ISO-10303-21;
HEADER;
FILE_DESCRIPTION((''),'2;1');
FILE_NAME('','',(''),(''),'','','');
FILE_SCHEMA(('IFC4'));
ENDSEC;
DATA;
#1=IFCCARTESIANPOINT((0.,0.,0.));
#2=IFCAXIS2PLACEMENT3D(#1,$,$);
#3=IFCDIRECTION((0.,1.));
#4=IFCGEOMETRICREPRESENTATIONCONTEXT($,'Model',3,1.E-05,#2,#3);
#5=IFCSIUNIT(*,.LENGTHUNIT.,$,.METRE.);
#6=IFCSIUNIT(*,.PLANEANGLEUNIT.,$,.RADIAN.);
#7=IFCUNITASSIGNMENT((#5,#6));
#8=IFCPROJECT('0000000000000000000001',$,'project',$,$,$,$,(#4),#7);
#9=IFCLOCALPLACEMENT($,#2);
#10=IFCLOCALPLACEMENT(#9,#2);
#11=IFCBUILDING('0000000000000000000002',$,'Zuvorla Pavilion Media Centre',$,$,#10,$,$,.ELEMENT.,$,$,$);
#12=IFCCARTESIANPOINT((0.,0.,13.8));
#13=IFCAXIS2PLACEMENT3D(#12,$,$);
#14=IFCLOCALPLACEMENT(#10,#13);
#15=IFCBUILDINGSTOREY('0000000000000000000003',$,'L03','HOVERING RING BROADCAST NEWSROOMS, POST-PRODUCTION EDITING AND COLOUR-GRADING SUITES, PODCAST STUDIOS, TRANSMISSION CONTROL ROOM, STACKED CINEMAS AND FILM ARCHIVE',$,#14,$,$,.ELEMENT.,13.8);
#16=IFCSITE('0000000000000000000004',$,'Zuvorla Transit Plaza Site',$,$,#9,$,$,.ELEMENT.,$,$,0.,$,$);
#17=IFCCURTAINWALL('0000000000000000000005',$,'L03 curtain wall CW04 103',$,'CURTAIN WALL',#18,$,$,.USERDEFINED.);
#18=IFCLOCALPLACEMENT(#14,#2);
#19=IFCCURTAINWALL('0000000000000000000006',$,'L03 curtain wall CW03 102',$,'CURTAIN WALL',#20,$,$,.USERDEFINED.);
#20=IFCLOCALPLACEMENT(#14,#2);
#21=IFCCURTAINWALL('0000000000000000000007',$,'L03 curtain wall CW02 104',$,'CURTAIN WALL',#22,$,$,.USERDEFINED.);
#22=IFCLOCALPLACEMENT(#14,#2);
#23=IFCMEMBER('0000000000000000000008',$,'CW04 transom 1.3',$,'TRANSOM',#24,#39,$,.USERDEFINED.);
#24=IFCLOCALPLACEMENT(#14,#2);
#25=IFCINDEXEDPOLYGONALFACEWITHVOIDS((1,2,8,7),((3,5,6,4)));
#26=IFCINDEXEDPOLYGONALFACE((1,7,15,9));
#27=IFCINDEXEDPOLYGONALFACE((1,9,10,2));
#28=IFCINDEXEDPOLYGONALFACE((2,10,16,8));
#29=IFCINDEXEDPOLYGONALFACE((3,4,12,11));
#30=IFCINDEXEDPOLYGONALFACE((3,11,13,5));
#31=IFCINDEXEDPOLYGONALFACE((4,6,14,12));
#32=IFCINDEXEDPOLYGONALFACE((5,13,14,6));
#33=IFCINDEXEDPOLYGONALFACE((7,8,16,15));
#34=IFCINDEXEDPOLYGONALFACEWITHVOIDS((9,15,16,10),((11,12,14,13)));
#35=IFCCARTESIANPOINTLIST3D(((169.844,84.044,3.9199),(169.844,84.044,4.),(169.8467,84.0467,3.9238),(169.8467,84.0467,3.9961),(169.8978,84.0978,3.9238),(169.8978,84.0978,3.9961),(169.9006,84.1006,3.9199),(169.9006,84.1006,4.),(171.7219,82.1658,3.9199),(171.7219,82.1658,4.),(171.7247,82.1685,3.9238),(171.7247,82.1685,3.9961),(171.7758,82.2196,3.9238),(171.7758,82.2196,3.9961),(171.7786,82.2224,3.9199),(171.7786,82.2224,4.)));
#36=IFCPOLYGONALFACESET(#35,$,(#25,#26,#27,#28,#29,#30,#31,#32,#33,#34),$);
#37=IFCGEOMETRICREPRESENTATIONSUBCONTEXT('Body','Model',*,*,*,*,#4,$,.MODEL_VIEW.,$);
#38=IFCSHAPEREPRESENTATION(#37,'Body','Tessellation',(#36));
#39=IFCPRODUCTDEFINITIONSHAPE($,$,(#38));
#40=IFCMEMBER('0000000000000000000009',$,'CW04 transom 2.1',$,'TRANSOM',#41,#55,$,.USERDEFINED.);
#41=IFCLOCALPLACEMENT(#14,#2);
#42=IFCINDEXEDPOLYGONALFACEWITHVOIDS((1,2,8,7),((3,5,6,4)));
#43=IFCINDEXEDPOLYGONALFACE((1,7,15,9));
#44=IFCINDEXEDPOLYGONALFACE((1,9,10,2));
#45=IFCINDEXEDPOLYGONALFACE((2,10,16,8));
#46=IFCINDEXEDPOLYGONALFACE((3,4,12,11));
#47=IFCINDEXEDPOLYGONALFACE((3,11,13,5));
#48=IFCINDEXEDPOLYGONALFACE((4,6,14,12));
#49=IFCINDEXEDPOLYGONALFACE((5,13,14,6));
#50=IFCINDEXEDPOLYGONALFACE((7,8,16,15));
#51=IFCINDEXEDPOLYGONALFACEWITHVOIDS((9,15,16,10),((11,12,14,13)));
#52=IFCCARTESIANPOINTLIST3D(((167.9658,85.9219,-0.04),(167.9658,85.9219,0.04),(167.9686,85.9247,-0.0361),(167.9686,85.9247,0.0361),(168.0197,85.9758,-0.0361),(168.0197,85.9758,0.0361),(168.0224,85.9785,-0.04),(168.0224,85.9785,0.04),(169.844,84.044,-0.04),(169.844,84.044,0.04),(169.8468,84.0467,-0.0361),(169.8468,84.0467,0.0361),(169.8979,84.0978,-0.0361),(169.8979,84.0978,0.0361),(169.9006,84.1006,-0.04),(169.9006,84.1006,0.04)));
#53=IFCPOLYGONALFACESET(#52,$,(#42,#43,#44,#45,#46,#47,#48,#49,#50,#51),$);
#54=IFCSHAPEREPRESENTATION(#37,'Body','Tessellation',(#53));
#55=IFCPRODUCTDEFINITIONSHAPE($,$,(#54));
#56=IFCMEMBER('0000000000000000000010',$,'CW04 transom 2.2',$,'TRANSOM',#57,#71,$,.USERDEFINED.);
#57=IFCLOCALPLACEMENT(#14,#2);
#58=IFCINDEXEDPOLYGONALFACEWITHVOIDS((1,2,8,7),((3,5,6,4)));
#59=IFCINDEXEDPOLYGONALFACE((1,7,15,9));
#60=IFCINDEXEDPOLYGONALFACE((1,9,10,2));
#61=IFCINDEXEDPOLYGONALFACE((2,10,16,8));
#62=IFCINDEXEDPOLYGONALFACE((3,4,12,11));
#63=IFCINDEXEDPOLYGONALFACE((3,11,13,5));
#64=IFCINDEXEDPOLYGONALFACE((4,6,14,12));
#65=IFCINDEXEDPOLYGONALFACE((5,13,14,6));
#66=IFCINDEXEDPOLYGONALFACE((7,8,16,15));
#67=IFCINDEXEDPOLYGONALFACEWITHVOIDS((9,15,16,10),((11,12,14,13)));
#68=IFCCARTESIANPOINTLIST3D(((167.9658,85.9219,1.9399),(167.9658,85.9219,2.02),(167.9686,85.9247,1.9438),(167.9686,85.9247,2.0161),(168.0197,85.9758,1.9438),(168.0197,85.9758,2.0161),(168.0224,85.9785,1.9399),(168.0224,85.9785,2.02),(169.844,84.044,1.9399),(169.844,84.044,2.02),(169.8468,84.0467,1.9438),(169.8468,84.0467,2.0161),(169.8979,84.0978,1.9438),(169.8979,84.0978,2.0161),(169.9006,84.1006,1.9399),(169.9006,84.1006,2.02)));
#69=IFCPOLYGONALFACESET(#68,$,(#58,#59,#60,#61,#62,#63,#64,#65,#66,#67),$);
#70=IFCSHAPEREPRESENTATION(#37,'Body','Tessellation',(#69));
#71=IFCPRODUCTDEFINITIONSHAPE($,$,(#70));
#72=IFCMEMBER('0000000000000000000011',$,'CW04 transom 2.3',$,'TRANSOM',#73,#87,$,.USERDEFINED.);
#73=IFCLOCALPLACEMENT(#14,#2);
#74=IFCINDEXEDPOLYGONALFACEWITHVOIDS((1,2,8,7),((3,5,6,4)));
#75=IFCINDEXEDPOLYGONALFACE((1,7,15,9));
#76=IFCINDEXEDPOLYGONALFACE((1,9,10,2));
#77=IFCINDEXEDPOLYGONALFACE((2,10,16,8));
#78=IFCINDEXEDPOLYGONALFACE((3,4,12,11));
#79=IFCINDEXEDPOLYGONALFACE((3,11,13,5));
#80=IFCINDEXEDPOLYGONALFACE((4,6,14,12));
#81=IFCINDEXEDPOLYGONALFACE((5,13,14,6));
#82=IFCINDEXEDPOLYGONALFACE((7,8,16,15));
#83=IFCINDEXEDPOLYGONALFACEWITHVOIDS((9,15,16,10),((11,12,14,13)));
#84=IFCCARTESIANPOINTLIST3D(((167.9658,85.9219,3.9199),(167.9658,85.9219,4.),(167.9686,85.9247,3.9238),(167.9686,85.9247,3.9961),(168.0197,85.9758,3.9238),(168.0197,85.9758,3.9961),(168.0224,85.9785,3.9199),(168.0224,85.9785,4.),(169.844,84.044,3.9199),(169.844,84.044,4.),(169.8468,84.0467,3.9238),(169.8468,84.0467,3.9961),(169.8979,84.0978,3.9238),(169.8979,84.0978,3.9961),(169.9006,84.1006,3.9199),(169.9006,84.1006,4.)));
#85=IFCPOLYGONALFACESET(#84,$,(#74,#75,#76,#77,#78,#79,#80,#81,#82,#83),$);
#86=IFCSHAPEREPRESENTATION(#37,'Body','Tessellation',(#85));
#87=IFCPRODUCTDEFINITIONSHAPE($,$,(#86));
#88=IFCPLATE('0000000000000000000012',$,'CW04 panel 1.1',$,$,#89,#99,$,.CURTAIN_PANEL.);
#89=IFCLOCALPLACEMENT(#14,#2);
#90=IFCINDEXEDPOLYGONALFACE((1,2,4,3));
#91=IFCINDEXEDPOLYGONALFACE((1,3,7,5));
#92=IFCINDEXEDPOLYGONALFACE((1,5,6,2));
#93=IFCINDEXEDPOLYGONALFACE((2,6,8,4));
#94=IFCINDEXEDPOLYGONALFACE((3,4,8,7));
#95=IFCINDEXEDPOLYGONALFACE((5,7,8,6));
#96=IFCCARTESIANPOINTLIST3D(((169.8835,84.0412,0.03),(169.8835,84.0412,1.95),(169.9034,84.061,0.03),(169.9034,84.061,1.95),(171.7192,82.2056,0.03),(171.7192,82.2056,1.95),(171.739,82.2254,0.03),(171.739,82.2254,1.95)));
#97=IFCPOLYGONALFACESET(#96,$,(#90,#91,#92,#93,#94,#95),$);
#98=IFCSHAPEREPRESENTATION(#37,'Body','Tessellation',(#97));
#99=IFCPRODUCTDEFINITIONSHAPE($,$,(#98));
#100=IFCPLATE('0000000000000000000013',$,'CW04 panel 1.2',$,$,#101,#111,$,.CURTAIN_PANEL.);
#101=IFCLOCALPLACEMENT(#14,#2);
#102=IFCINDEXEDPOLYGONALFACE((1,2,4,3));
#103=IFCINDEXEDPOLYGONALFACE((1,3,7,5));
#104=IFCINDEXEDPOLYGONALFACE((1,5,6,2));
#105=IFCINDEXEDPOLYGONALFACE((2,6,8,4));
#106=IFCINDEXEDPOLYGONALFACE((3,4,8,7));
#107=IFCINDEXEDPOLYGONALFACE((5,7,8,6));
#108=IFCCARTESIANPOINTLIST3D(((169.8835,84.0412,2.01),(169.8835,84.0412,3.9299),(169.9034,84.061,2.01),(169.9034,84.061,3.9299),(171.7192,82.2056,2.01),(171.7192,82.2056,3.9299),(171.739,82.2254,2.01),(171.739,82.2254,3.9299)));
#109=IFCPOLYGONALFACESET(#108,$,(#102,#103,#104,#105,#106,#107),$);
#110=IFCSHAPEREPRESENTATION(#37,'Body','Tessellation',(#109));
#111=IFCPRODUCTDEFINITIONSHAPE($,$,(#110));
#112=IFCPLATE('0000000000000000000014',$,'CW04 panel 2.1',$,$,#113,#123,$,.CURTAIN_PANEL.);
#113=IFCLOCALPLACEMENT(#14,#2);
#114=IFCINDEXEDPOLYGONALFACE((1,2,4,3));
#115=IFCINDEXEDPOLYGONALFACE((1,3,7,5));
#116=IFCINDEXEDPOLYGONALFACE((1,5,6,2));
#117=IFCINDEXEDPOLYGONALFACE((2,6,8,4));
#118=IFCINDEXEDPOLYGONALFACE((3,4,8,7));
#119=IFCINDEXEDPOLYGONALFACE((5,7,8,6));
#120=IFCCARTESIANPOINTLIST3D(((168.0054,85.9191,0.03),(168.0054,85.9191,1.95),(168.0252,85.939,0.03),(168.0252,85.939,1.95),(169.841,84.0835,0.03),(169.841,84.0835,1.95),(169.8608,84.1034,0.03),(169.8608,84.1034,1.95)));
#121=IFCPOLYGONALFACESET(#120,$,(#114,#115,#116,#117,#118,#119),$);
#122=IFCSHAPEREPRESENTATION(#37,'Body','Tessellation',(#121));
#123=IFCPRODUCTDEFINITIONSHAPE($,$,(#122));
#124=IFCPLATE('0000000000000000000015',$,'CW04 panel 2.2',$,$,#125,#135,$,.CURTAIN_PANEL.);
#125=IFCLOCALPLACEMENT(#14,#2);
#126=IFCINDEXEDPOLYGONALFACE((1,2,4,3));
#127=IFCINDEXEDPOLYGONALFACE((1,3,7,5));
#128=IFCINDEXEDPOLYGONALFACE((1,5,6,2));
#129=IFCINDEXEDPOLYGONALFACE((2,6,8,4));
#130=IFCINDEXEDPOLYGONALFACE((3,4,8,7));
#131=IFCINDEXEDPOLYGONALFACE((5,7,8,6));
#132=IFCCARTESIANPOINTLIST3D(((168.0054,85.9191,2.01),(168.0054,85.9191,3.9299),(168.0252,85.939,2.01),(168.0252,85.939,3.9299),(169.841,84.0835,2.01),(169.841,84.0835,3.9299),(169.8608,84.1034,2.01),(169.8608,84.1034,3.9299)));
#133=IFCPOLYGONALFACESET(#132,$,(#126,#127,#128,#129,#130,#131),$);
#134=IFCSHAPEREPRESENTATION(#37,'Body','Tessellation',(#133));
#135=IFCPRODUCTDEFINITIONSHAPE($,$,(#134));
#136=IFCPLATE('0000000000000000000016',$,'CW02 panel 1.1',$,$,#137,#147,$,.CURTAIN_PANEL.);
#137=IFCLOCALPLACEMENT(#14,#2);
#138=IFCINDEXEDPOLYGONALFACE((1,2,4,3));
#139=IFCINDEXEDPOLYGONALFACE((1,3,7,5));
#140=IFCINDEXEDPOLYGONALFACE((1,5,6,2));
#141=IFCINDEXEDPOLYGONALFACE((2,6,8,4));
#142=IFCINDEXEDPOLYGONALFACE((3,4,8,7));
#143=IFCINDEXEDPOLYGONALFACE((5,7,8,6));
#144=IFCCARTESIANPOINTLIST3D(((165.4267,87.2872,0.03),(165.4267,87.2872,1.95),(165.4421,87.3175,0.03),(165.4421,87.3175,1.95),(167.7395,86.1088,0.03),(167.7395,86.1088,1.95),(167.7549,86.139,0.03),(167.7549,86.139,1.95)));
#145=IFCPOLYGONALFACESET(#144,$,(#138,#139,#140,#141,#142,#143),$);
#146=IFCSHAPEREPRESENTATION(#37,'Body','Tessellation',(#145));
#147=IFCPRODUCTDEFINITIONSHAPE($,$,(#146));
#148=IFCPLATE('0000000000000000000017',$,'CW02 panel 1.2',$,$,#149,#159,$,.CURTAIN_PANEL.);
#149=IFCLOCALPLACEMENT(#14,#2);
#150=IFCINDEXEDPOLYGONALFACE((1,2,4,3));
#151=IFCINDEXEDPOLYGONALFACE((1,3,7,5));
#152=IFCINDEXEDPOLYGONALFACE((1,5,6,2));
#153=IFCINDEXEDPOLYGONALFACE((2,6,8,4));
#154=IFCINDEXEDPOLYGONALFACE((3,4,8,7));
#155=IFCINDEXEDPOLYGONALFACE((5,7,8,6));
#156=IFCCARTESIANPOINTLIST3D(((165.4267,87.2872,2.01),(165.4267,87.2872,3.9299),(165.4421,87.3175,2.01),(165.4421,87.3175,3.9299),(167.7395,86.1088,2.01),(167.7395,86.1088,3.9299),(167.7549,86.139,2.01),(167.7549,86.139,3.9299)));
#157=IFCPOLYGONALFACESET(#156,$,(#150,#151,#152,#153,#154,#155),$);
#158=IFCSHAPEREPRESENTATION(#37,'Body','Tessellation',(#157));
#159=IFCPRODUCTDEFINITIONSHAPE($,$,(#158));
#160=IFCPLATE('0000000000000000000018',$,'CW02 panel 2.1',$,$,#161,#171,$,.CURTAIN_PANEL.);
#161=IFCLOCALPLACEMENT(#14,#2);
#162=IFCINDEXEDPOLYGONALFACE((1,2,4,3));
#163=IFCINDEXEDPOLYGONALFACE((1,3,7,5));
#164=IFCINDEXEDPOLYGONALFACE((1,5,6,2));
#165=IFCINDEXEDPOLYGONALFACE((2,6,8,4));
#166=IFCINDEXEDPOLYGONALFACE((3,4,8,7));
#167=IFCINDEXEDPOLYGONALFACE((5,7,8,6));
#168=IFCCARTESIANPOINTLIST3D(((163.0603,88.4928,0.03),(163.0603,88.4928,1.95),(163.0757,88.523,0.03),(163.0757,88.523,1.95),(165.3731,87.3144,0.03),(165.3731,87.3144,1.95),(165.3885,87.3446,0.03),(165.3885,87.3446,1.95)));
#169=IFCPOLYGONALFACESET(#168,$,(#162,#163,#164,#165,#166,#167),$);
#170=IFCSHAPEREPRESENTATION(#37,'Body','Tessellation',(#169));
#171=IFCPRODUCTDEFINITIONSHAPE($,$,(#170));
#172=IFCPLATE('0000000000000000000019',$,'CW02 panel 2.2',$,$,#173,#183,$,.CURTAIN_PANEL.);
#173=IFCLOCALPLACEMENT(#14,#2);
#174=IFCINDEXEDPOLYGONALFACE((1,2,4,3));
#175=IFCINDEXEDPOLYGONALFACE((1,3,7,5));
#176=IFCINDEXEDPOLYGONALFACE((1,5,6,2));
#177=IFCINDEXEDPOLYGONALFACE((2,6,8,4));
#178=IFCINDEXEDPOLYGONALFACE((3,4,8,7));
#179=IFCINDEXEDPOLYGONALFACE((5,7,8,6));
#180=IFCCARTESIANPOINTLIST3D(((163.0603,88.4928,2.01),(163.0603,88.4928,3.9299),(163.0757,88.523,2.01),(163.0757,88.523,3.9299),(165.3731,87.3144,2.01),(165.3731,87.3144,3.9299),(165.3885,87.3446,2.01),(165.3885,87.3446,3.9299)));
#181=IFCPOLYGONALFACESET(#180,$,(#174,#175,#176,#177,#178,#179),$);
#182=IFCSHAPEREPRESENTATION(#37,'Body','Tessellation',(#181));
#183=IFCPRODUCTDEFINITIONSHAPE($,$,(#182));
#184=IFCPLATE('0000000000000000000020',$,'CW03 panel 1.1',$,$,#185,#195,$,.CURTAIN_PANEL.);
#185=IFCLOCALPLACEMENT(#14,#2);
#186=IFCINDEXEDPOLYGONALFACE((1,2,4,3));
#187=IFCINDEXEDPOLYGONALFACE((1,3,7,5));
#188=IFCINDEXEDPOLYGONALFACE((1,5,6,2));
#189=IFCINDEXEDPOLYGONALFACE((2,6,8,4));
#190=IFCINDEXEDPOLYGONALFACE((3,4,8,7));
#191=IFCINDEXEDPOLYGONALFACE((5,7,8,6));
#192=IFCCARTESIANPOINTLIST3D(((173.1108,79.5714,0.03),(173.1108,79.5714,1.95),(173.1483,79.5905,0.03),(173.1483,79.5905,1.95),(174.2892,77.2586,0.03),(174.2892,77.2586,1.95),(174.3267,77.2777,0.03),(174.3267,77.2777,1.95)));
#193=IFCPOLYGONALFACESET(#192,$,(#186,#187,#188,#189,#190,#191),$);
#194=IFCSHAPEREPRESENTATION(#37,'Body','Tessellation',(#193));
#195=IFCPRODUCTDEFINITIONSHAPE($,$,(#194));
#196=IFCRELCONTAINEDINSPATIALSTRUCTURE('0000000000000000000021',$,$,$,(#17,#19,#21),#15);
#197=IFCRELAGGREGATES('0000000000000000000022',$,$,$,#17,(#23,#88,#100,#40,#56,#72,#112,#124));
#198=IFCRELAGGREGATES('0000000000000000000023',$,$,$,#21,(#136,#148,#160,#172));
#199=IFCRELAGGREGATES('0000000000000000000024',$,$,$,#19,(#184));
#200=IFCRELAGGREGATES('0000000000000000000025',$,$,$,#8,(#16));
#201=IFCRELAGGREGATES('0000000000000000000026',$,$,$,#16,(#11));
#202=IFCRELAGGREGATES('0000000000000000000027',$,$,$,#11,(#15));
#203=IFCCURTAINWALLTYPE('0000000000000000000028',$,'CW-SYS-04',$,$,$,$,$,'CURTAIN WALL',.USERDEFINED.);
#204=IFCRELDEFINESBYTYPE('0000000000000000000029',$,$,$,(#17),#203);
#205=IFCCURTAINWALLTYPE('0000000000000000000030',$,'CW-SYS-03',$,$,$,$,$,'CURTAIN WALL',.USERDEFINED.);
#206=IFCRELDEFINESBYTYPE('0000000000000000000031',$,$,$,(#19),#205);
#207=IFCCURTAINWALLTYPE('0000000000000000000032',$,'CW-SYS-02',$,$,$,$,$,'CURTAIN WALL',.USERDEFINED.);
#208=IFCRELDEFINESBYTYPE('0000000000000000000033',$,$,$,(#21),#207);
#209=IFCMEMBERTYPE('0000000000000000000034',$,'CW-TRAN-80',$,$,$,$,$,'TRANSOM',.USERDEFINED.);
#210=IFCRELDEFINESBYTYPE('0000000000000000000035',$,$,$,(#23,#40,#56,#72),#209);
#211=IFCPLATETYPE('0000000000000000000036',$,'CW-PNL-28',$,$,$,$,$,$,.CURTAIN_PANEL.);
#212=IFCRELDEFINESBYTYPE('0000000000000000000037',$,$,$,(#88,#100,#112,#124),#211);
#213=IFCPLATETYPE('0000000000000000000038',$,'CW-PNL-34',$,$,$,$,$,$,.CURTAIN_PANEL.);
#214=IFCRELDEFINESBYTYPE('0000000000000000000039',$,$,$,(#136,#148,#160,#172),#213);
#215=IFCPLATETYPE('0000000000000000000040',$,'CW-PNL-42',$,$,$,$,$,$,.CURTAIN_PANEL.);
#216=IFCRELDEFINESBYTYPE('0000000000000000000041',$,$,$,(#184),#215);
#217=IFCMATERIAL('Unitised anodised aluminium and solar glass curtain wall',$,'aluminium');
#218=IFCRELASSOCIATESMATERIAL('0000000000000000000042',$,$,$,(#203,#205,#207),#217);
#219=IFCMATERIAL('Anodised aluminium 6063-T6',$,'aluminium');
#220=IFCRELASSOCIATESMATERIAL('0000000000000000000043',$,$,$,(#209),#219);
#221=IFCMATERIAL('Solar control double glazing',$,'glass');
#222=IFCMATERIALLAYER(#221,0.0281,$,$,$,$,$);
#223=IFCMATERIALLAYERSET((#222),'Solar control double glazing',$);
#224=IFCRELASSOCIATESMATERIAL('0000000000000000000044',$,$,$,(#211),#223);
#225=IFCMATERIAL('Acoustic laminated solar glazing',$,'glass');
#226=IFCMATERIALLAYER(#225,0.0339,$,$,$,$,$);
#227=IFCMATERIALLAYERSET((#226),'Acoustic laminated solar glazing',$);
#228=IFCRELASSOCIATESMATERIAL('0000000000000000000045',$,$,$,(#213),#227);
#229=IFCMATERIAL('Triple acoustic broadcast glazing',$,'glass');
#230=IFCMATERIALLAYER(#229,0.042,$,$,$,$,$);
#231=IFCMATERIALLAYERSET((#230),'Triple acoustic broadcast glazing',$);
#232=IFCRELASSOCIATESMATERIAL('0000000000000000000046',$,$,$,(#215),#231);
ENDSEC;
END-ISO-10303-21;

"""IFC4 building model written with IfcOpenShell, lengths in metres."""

from ifc_helpers import new_model, si_unit, direction, frame, origin, origin_2d, place, context, subcontext, project, spatial, rectangle, hollow_rectangle, extrude, material, layer, layer_set, material_profile, profile_set, type_object, element, aggregate, save


model = new_model("IFC4")

# Units and contexts
model_context = context("Model", 3, precision=1e-05, world=origin(), true_north=direction((0.0, 1.0)))
body_context = subcontext(model_context, "Body", "Model", "MODEL_VIEW")
ifc_project = project(units=[si_unit("LENGTHUNIT", "METRE"), si_unit("PLANEANGLEUNIT", "RADIAN")], contexts=[model_context])

# Site, building, storey
site_placement = place(None, origin())
site = spatial("IfcSite", under=ifc_project, at=site_placement, Name="Zuvorla Transit Plaza Site", CompositionType="ELEMENT", RefElevation=0.0)
building_placement = place(site_placement, origin())
building = spatial("IfcBuilding", under=site, at=building_placement, Name="Zuvorla Pavilion Media Centre", CompositionType="ELEMENT")
storey_placement = place(building_placement, frame((0.0, 0.0, 13.8)))
storey = spatial("IfcBuildingStorey", under=building, at=storey_placement, Name="L03", Description="HOVERING RING BROADCAST NEWSROOMS, POST-PRODUCTION EDITING AND COLOUR-GRADING SUITES, PODCAST STUDIOS, TRANSMISSION CONTROL ROOM, STACKED CINEMAS AND FILM ARCHIVE", CompositionType="ELEMENT", Elevation=13.8)

# Curtain walls
ifc_material_1 = material(Name="Unitised anodised aluminium and solar glass curtain wall", Category="aluminium")
curtain_wall_type_1 = type_object("IfcCurtainWallType", Name="CW-SYS-04", ElementType="CURTAIN WALL", PredefinedType="USERDEFINED", material=ifc_material_1)
curtain_wall_1_placement = place(storey_placement, origin())
curtain_wall_1 = element("IfcCurtainWall", 1, at=curtain_wall_1_placement, inside=storey, type_object=curtain_wall_type_1, Name="L03 curtain wall CW04 103", ObjectType="CURTAIN WALL", PredefinedType="USERDEFINED")
ifc_material_2 = material(Name="Anodised aluminium 6063-T6", Category="aluminium")
curtain_wall_type_2 = type_object("IfcCurtainWallType", Name="CW-SYS-03", ElementType="CURTAIN WALL", PredefinedType="USERDEFINED", material=ifc_material_1)
curtain_wall_2_placement = place(storey_placement, origin())
curtain_wall_2 = element("IfcCurtainWall", 2, at=curtain_wall_2_placement, inside=storey, type_object=curtain_wall_type_2, Name="L03 curtain wall CW03 102", ObjectType="CURTAIN WALL", PredefinedType="USERDEFINED")
curtain_wall_type_3 = type_object("IfcCurtainWallType", Name="CW-SYS-02", ElementType="CURTAIN WALL", PredefinedType="USERDEFINED", material=ifc_material_1)
curtain_wall_3_placement = place(storey_placement, origin())
curtain_wall_3 = element("IfcCurtainWall", 3, at=curtain_wall_3_placement, inside=storey, type_object=curtain_wall_type_3, Name="L03 curtain wall CW02 104", ObjectType="CURTAIN WALL", PredefinedType="USERDEFINED")

# Members
ifc_material_profile_1 = material_profile(ifc_material_2, hollow_rectangle(XDim=0.0801, YDim=0.0801, WallThickness=0.0039, at=origin_2d()), Name="ALU TRAN 80x80")
ifc_profile_set_1 = profile_set([ifc_material_profile_1], Name="Anodised aluminium 6063-T6")
member_type_1 = type_object("IfcMemberType", Name="CW-TRAN-80", ElementType="TRANSOM", PredefinedType="USERDEFINED", material=ifc_profile_set_1)
member_1_placement = place(storey_placement, frame((171.7502, 82.1941, 3.96), z_axis=(-0.707061, 0.707153, 0.0), x_axis=(-0.707153, -0.707061, 0.0)))
member_1 = element("IfcMember", 4, at=member_1_placement, type_object=member_type_1, Name="CW04 transom 1.3", ObjectType="TRANSOM", PredefinedType="USERDEFINED", context=body_context, shape_type="SweptSolid", body=[
    extrude(hollow_rectangle(XDim=0.0801, YDim=0.0801, WallThickness=0.0039, at=origin_2d()), origin(), (0.0, 0.0, 1.0), 2.656),
])
member_2_placement = place(storey_placement, frame((169.8723, 84.0723, 0.0), z_axis=(-0.707153, 0.707061, 0.0), x_axis=(-0.707061, -0.707153, 0.0)))
member_2 = element("IfcMember", 5, at=member_2_placement, type_object=member_type_1, Name="CW04 transom 2.1", ObjectType="TRANSOM", PredefinedType="USERDEFINED", context=body_context, shape_type="SweptSolid", body=[
    extrude(hollow_rectangle(XDim=0.0801, YDim=0.0801, WallThickness=0.0039, at=origin_2d()), origin(), (0.0, 0.0, 1.0), 2.656),
])
member_3_placement = place(storey_placement, frame((169.8723, 84.0723, 1.98), z_axis=(-0.707153, 0.707061, 0.0), x_axis=(-0.707061, -0.707153, 0.0)))
member_3 = element("IfcMember", 6, at=member_3_placement, type_object=member_type_1, Name="CW04 transom 2.2", ObjectType="TRANSOM", PredefinedType="USERDEFINED", context=body_context, shape_type="SweptSolid", body=[
    extrude(hollow_rectangle(XDim=0.0801, YDim=0.0801, WallThickness=0.0039, at=origin_2d()), origin(), (0.0, 0.0, 1.0), 2.656),
])
member_4_placement = place(storey_placement, frame((169.8723, 84.0723, 3.96), z_axis=(-0.707153, 0.707061, 0.0), x_axis=(-0.707061, -0.707153, 0.0)))
member_4 = element("IfcMember", 7, at=member_4_placement, type_object=member_type_1, Name="CW04 transom 2.3", ObjectType="TRANSOM", PredefinedType="USERDEFINED", context=body_context, shape_type="SweptSolid", body=[
    extrude(hollow_rectangle(XDim=0.0801, YDim=0.0801, WallThickness=0.0039, at=origin_2d()), origin(), (0.0, 0.0, 1.0), 2.656),
])

# Plates
ifc_material_3 = material(Name="Solar control double glazing", Category="glass")
ifc_layer_1 = layer(ifc_material_3, 0.0281)
ifc_layer_set_1 = layer_set([ifc_layer_1], Name="Solar control double glazing")
plate_type_1 = type_object("IfcPlateType", Name="CW-PNL-28", PredefinedType="CURTAIN_PANEL", material=ifc_layer_set_1)
plate_1_placement = place(storey_placement, frame((170.8113, 83.1333, 0.03), z_axis=(0.0, 0.0, 1.0), x_axis=(-0.707107, 0.707107, 0.0)))
plate_1 = element("IfcPlate", 8, at=plate_1_placement, type_object=plate_type_1, Name="CW04 panel 1.1", PredefinedType="CURTAIN_PANEL", context=body_context, shape_type="SweptSolid", body=[
    extrude(rectangle(XDim=2.5959, YDim=0.0281, at=origin_2d()), origin(), (0.0, 0.0, 1.0), 1.9199),
])
plate_2_placement = place(storey_placement, frame((170.8113, 83.1333, 2.01), z_axis=(0.0, 0.0, 1.0), x_axis=(-0.707107, 0.707107, 0.0)))
plate_2 = element("IfcPlate", 9, at=plate_2_placement, type_object=plate_type_1, Name="CW04 panel 1.2", PredefinedType="CURTAIN_PANEL", context=body_context, shape_type="SweptSolid", body=[
    extrude(rectangle(XDim=2.5959, YDim=0.0281, at=origin_2d()), origin(), (0.0, 0.0, 1.0), 1.9199),
])
plate_3_placement = place(storey_placement, frame((168.9331, 85.0112, 0.03), z_axis=(0.0, 0.0, 1.0), x_axis=(-0.707107, 0.707107, 0.0)))
plate_3 = element("IfcPlate", 10, at=plate_3_placement, type_object=plate_type_1, Name="CW04 panel 2.1", PredefinedType="CURTAIN_PANEL", context=body_context, shape_type="SweptSolid", body=[
    extrude(rectangle(XDim=2.5959, YDim=0.0281, at=origin_2d()), origin(), (0.0, 0.0, 1.0), 1.9199),
])
plate_4_placement = place(storey_placement, frame((168.9331, 85.0112, 2.01), z_axis=(0.0, 0.0, 1.0), x_axis=(-0.707107, 0.707107, 0.0)))
plate_4 = element("IfcPlate", 11, at=plate_4_placement, type_object=plate_type_1, Name="CW04 panel 2.2", PredefinedType="CURTAIN_PANEL", context=body_context, shape_type="SweptSolid", body=[
    extrude(rectangle(XDim=2.5959, YDim=0.0281, at=origin_2d()), origin(), (0.0, 0.0, 1.0), 1.9199),
])
aggregate(curtain_wall_1, [member_1, plate_1, plate_2, member_2, member_3, member_4, plate_3, plate_4])
ifc_material_4 = material(Name="Acoustic laminated solar glazing", Category="glass")
ifc_layer_2 = layer(ifc_material_4, 0.0339)
ifc_layer_set_2 = layer_set([ifc_layer_2], Name="Acoustic laminated solar glazing")
plate_type_2 = type_object("IfcPlateType", Name="CW-PNL-34", PredefinedType="CURTAIN_PANEL", material=ifc_layer_set_2)
plate_5_placement = place(storey_placement, frame((166.5908, 86.7131, 0.03), z_axis=(0.0, 0.0, 1.0), x_axis=(-0.891009, 0.453986, 0.0)))
plate_5 = element("IfcPlate", 12, at=plate_5_placement, type_object=plate_type_2, Name="CW02 panel 1.1", PredefinedType="CURTAIN_PANEL", context=body_context, shape_type="SweptSolid", body=[
    extrude(rectangle(XDim=2.5957, YDim=0.0339, at=origin_2d()), origin(), (0.0, 0.0, 1.0), 1.9199),
])
plate_6_placement = place(storey_placement, frame((166.5908, 86.7131, 2.01), z_axis=(0.0, 0.0, 1.0), x_axis=(-0.891009, 0.453986, 0.0)))
plate_6 = element("IfcPlate", 13, at=plate_6_placement, type_object=plate_type_2, Name="CW02 panel 1.2", PredefinedType="CURTAIN_PANEL", context=body_context, shape_type="SweptSolid", body=[
    extrude(rectangle(XDim=2.5957, YDim=0.0339, at=origin_2d()), origin(), (0.0, 0.0, 1.0), 1.9199),
])
plate_7_placement = place(storey_placement, frame((164.2244, 87.9187, 0.03), z_axis=(0.0, 0.0, 1.0), x_axis=(-0.891009, 0.453986, 0.0)))
plate_7 = element("IfcPlate", 14, at=plate_7_placement, type_object=plate_type_2, Name="CW02 panel 2.1", PredefinedType="CURTAIN_PANEL", context=body_context, shape_type="SweptSolid", body=[
    extrude(rectangle(XDim=2.5957, YDim=0.0339, at=origin_2d()), origin(), (0.0, 0.0, 1.0), 1.9199),
])
plate_8_placement = place(storey_placement, frame((164.2244, 87.9187, 2.01), z_axis=(0.0, 0.0, 1.0), x_axis=(-0.891009, 0.453986, 0.0)))
plate_8 = element("IfcPlate", 15, at=plate_8_placement, type_object=plate_type_2, Name="CW02 panel 2.2", PredefinedType="CURTAIN_PANEL", context=body_context, shape_type="SweptSolid", body=[
    extrude(rectangle(XDim=2.5957, YDim=0.0339, at=origin_2d()), origin(), (0.0, 0.0, 1.0), 1.9199),
])
aggregate(curtain_wall_3, [plate_5, plate_6, plate_7, plate_8])
ifc_material_5 = material(Name="Triple acoustic broadcast glazing", Category="glass")
ifc_layer_3 = layer(ifc_material_5, 0.042)
ifc_layer_set_3 = layer_set([ifc_layer_3], Name="Triple acoustic broadcast glazing")
plate_type_3 = type_object("IfcPlateType", Name="CW-PNL-42", PredefinedType="CURTAIN_PANEL", material=ifc_layer_set_3)
plate_9_placement = place(storey_placement, frame((173.7188, 78.4246, 0.03), z_axis=(0.0, 0.0, 1.0), x_axis=(-0.453986, 0.891009, 0.0)))
plate_9 = element("IfcPlate", 16, at=plate_9_placement, type_object=plate_type_3, Name="CW03 panel 1.1", PredefinedType="CURTAIN_PANEL", context=body_context, shape_type="SweptSolid", body=[
    extrude(rectangle(XDim=2.5957, YDim=0.042, at=origin_2d()), origin(), (0.0, 0.0, 1.0), 1.9199),
])
aggregate(curtain_wall_2, [plate_9])

save(model, "model.ifc")
